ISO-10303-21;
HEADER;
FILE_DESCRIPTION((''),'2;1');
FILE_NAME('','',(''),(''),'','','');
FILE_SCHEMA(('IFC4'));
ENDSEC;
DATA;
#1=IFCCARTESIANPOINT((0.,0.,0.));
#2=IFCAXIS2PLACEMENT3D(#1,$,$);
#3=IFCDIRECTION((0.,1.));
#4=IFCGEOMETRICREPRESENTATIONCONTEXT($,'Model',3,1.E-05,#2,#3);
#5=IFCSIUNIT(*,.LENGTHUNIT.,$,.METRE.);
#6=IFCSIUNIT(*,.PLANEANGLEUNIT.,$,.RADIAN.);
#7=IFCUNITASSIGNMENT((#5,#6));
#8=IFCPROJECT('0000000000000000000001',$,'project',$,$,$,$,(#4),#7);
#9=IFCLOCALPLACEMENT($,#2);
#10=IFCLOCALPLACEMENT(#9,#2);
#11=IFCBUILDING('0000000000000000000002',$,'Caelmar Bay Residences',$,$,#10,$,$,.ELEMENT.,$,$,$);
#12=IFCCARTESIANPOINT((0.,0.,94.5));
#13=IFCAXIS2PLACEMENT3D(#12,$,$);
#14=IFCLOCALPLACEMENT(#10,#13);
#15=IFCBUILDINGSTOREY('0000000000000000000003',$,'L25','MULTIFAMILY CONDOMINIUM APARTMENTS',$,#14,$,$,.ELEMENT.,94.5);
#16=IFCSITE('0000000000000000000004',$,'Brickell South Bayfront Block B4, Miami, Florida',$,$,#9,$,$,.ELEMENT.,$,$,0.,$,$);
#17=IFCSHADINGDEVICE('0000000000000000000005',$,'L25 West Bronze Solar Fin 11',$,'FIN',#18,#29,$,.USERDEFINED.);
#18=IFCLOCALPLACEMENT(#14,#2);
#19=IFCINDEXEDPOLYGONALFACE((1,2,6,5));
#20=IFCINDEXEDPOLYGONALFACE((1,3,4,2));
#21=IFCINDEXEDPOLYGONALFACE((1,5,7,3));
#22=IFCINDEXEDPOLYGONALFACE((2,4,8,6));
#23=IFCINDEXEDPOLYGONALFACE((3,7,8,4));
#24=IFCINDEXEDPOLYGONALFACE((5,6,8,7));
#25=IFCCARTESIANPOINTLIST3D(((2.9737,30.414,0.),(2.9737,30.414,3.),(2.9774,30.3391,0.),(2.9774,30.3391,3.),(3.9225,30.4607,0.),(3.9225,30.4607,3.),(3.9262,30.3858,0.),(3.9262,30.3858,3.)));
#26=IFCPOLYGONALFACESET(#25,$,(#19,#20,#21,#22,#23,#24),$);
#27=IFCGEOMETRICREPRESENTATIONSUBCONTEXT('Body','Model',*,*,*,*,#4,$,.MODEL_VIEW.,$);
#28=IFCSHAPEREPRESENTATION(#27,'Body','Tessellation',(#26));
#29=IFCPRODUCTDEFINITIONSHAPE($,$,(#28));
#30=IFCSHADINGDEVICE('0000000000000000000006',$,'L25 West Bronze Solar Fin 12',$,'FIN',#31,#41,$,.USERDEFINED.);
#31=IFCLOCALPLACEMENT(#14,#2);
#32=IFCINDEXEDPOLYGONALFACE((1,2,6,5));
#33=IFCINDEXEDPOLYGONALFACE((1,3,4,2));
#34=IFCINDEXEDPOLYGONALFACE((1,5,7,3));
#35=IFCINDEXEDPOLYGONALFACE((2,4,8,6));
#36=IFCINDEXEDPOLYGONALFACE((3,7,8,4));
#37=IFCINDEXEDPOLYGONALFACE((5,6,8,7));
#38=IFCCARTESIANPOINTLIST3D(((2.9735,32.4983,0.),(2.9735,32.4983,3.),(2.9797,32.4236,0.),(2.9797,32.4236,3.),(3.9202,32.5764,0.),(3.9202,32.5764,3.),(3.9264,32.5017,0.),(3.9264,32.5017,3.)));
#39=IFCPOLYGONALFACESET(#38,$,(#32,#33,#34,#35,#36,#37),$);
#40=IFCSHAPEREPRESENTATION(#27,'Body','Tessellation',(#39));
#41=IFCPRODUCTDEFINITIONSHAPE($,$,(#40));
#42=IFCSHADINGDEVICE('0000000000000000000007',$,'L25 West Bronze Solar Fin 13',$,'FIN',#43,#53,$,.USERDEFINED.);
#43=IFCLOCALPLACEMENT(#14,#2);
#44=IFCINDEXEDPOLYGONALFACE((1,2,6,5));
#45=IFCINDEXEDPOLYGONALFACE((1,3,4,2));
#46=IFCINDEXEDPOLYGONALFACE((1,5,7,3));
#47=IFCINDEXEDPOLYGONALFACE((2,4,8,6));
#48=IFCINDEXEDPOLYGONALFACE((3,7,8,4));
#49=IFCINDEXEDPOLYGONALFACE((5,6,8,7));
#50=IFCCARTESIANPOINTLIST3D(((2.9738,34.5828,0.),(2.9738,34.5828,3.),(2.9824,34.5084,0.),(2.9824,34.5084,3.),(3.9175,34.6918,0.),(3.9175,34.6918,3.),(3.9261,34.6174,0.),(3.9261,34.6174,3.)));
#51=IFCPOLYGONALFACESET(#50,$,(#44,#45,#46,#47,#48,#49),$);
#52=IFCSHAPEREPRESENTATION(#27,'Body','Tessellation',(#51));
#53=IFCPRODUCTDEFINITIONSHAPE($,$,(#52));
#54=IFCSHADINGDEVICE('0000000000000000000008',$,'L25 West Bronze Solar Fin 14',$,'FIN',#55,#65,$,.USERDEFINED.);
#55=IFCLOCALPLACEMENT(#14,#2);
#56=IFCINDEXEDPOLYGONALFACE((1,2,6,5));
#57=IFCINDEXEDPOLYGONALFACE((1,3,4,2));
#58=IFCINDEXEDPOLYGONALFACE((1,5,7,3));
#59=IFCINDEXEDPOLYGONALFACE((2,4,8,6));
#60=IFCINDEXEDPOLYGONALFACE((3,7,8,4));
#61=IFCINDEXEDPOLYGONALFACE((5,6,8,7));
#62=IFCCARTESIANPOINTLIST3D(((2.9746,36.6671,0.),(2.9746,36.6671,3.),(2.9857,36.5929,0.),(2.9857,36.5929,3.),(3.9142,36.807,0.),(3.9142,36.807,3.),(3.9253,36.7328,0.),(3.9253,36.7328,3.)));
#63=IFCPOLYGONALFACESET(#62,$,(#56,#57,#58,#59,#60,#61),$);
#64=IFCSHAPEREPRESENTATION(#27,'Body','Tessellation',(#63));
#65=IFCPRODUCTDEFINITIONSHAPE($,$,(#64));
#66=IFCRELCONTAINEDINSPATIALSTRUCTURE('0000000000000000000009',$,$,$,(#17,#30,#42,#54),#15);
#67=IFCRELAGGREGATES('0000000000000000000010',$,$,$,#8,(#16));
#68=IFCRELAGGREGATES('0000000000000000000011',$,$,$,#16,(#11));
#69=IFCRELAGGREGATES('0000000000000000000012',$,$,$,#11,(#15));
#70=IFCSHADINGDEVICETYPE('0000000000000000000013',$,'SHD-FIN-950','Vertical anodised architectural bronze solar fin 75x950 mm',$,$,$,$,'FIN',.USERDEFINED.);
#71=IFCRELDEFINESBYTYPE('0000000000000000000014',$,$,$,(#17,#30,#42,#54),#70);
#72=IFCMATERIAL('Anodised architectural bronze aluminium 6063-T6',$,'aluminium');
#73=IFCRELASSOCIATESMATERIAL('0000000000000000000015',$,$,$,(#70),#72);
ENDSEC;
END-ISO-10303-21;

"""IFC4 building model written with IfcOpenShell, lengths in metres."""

from ifc_helpers import new_model, si_unit, direction, frame, origin, origin_2d, place, context, subcontext, project, spatial, rectangle, extrude, material, material_profile, profile_set, type_object, element, save


model = new_model("IFC4")

# Units and contexts
model_context = context("Model", 3, precision=1e-05, world=origin(), true_north=direction((0.0, 1.0)))
body_context = subcontext(model_context, "Body", "Model", "MODEL_VIEW")
ifc_project = project(units=[si_unit("LENGTHUNIT", "METRE"), si_unit("PLANEANGLEUNIT", "RADIAN")], contexts=[model_context])

# Site, building, storey
site_placement = place(None, origin())
site = spatial("IfcSite", under=ifc_project, at=site_placement, Name="Brickell South Bayfront Block B4, Miami, Florida", CompositionType="ELEMENT", RefElevation=0.0)
building_placement = place(site_placement, origin())
building = spatial("IfcBuilding", under=site, at=building_placement, Name="Caelmar Bay Residences", CompositionType="ELEMENT")
storey_placement = place(building_placement, frame((0.0, 0.0, 94.5)))
storey = spatial("IfcBuildingStorey", under=building, at=storey_placement, Name="L25", Description="MULTIFAMILY CONDOMINIUM APARTMENTS", CompositionType="ELEMENT", Elevation=94.5)

# Shading devices
ifc_material_1 = material(Name="Anodised architectural bronze aluminium 6063-T6", Category="aluminium")
ifc_material_profile_1 = material_profile(ifc_material_1, rectangle(XDim=0.075, YDim=0.95, at=origin_2d()), Name="BRONZE-FIN-75X950")
ifc_profile_set_1 = profile_set([ifc_material_profile_1], Name="Anodised architectural bronze aluminium 6063-T6")
shading_device_type = type_object("IfcShadingDeviceType", Name="SHD-FIN-950", Description="Vertical anodised architectural bronze solar fin 75x950 mm", ElementType="FIN", PredefinedType="USERDEFINED", material=ifc_profile_set_1)
for number, where, z_axis, x_axis, name in (
    (1, (3.45, 30.3999, 0.0), (0.0, 0.0, 1.0), (-0.049198, 0.998789, 0.0), "L25 West Bronze Solar Fin 11"),
    (2, (3.45, 32.5, 0.0), (0.0, 0.0, 1.0), (-0.082112, 0.996623, 0.0), "L25 West Bronze Solar Fin 12"),
    (3, (3.45, 34.6001, 0.0), (0.0, 0.0, 1.0), (-0.114764, 0.993393, 0.0), "L25 West Bronze Solar Fin 13"),
    (4, (3.45, 36.7, 0.0), (0.0, 0.0, 1.0), (-0.147292, 0.989093, 0.0), "L25 West Bronze Solar Fin 14"),
):
    element("IfcShadingDevice", number, at=place(storey_placement, frame(where, z_axis=z_axis, x_axis=x_axis)), inside=storey, type_object=shading_device_type, Name=name, ObjectType="FIN", PredefinedType="USERDEFINED", context=body_context, shape_type="SweptSolid", body=[
        extrude(rectangle(XDim=0.075, YDim=0.95, at=origin_2d()), origin(), (0.0, 0.0, 1.0), 3.0),
    ])

save(model, "model.ifc")
